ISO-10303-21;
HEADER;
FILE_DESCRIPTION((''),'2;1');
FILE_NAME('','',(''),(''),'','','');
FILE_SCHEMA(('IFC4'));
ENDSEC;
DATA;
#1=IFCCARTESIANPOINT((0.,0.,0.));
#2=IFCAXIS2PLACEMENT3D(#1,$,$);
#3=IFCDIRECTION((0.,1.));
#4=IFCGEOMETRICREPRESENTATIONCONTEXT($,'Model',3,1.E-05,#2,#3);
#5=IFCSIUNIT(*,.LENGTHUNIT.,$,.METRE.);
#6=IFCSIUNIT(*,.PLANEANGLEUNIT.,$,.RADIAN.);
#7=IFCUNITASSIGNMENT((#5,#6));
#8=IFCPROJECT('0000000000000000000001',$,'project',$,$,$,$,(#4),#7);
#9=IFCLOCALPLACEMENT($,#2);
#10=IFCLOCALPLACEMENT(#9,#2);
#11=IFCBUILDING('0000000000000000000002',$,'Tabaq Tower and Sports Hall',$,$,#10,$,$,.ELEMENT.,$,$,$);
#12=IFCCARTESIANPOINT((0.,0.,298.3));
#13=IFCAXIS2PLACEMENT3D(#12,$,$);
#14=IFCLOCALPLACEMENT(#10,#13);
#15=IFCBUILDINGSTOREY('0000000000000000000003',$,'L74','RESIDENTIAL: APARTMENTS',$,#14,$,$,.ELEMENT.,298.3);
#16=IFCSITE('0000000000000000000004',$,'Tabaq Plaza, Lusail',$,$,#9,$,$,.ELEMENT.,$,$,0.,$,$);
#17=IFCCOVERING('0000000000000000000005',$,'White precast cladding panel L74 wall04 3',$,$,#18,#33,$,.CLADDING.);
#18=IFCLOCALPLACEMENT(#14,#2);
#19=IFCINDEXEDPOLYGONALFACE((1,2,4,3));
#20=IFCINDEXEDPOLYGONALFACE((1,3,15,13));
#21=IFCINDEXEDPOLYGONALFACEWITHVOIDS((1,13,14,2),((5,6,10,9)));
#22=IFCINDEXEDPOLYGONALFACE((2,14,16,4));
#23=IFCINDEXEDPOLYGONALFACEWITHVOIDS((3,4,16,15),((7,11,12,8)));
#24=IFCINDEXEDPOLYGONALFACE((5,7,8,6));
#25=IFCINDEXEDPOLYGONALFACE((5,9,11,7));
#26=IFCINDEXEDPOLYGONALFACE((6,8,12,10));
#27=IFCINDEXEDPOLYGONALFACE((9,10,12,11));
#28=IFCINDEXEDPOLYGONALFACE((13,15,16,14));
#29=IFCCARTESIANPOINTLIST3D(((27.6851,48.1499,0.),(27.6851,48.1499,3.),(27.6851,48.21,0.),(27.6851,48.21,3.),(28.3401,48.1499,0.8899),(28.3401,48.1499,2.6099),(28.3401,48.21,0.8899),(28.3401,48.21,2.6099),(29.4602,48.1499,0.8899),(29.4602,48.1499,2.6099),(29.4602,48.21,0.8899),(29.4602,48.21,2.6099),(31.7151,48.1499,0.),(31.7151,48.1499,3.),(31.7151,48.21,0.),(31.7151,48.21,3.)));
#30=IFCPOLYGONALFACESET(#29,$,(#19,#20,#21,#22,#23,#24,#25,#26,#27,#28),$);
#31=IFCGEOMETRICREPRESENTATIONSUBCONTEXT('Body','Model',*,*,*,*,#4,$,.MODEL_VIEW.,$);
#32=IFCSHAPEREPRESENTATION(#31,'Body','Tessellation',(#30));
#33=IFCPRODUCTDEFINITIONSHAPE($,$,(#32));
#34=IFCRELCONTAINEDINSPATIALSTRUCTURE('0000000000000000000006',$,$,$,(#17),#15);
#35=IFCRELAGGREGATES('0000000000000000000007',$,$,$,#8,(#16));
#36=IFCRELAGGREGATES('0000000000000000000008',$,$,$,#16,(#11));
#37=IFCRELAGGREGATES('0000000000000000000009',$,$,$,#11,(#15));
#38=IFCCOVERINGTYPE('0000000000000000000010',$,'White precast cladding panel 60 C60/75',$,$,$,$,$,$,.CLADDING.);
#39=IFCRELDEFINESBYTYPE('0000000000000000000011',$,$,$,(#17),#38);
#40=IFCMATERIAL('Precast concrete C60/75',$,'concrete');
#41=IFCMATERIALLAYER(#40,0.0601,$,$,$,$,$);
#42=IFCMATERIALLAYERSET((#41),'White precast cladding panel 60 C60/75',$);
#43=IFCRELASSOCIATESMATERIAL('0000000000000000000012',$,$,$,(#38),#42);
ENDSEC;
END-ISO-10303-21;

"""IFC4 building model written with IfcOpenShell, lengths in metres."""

from ifc_helpers import new_model, si_unit, direction, frame, origin, place, context, subcontext, project, spatial, polyline, outline, extrude, material, layer, layer_set, type_object, element, save


model = new_model("IFC4")

# Units and contexts
model_context = context("Model", 3, precision=1e-05, world=origin(), true_north=direction((0.0, 1.0)))
body_context = subcontext(model_context, "Body", "Model", "MODEL_VIEW")
ifc_project = project(units=[si_unit("LENGTHUNIT", "METRE"), si_unit("PLANEANGLEUNIT", "RADIAN")], contexts=[model_context])

# Site, building, storey
site_placement = place(None, origin())
site = spatial("IfcSite", under=ifc_project, at=site_placement, Name="Tabaq Plaza, Lusail", CompositionType="ELEMENT", RefElevation=0.0)
building_placement = place(site_placement, origin())
building = spatial("IfcBuilding", under=site, at=building_placement, Name="Tabaq Tower and Sports Hall", CompositionType="ELEMENT")
storey_placement = place(building_placement, frame((0.0, 0.0, 298.3)))
storey = spatial("IfcBuildingStorey", under=building, at=storey_placement, Name="L74", Description="RESIDENTIAL: APARTMENTS", CompositionType="ELEMENT", Elevation=298.3)

# Covering
ifc_material_1 = material(Name="Precast concrete C60/75", Category="concrete")
ifc_layer_1 = layer(ifc_material_1, 0.0601)
ifc_layer_set_1 = layer_set([ifc_layer_1], Name="White precast cladding panel 60 C60/75")
covering_type_1 = type_object("IfcCoveringType", Name="White precast cladding panel 60 C60/75", PredefinedType="CLADDING", material=ifc_layer_set_1)
covering_1_placement = place(storey_placement, frame((31.7151, 48.1799, 0.0), z_axis=(0.0, 0.0, 1.0), x_axis=(-1.0, 0.0, 0.0)))
element("IfcCovering", 1, at=covering_1_placement, inside=storey, type_object=covering_type_1, Name="White precast cladding panel L74 wall04 3", PredefinedType="CLADDING", context=body_context, shape_type="SweptSolid", body=[
    extrude(outline(polyline([(0.0, 0.0), (4.03, 0.0), (4.03, 3.0), (0.0, 3.0), (0.0, 0.0)]), holes=[polyline([(2.2549, 0.8899), (2.2549, 2.6099), (3.375, 2.6099), (3.375, 0.8899), (2.2549, 0.8899)])]), frame((0.0, 0.03, 0.0), z_axis=(0.0, -1.0, 0.0), x_axis=(1.0, 0.0, 0.0)), (0.0, 0.0, 1.0), 0.0601),
])

save(model, "model.ifc")
